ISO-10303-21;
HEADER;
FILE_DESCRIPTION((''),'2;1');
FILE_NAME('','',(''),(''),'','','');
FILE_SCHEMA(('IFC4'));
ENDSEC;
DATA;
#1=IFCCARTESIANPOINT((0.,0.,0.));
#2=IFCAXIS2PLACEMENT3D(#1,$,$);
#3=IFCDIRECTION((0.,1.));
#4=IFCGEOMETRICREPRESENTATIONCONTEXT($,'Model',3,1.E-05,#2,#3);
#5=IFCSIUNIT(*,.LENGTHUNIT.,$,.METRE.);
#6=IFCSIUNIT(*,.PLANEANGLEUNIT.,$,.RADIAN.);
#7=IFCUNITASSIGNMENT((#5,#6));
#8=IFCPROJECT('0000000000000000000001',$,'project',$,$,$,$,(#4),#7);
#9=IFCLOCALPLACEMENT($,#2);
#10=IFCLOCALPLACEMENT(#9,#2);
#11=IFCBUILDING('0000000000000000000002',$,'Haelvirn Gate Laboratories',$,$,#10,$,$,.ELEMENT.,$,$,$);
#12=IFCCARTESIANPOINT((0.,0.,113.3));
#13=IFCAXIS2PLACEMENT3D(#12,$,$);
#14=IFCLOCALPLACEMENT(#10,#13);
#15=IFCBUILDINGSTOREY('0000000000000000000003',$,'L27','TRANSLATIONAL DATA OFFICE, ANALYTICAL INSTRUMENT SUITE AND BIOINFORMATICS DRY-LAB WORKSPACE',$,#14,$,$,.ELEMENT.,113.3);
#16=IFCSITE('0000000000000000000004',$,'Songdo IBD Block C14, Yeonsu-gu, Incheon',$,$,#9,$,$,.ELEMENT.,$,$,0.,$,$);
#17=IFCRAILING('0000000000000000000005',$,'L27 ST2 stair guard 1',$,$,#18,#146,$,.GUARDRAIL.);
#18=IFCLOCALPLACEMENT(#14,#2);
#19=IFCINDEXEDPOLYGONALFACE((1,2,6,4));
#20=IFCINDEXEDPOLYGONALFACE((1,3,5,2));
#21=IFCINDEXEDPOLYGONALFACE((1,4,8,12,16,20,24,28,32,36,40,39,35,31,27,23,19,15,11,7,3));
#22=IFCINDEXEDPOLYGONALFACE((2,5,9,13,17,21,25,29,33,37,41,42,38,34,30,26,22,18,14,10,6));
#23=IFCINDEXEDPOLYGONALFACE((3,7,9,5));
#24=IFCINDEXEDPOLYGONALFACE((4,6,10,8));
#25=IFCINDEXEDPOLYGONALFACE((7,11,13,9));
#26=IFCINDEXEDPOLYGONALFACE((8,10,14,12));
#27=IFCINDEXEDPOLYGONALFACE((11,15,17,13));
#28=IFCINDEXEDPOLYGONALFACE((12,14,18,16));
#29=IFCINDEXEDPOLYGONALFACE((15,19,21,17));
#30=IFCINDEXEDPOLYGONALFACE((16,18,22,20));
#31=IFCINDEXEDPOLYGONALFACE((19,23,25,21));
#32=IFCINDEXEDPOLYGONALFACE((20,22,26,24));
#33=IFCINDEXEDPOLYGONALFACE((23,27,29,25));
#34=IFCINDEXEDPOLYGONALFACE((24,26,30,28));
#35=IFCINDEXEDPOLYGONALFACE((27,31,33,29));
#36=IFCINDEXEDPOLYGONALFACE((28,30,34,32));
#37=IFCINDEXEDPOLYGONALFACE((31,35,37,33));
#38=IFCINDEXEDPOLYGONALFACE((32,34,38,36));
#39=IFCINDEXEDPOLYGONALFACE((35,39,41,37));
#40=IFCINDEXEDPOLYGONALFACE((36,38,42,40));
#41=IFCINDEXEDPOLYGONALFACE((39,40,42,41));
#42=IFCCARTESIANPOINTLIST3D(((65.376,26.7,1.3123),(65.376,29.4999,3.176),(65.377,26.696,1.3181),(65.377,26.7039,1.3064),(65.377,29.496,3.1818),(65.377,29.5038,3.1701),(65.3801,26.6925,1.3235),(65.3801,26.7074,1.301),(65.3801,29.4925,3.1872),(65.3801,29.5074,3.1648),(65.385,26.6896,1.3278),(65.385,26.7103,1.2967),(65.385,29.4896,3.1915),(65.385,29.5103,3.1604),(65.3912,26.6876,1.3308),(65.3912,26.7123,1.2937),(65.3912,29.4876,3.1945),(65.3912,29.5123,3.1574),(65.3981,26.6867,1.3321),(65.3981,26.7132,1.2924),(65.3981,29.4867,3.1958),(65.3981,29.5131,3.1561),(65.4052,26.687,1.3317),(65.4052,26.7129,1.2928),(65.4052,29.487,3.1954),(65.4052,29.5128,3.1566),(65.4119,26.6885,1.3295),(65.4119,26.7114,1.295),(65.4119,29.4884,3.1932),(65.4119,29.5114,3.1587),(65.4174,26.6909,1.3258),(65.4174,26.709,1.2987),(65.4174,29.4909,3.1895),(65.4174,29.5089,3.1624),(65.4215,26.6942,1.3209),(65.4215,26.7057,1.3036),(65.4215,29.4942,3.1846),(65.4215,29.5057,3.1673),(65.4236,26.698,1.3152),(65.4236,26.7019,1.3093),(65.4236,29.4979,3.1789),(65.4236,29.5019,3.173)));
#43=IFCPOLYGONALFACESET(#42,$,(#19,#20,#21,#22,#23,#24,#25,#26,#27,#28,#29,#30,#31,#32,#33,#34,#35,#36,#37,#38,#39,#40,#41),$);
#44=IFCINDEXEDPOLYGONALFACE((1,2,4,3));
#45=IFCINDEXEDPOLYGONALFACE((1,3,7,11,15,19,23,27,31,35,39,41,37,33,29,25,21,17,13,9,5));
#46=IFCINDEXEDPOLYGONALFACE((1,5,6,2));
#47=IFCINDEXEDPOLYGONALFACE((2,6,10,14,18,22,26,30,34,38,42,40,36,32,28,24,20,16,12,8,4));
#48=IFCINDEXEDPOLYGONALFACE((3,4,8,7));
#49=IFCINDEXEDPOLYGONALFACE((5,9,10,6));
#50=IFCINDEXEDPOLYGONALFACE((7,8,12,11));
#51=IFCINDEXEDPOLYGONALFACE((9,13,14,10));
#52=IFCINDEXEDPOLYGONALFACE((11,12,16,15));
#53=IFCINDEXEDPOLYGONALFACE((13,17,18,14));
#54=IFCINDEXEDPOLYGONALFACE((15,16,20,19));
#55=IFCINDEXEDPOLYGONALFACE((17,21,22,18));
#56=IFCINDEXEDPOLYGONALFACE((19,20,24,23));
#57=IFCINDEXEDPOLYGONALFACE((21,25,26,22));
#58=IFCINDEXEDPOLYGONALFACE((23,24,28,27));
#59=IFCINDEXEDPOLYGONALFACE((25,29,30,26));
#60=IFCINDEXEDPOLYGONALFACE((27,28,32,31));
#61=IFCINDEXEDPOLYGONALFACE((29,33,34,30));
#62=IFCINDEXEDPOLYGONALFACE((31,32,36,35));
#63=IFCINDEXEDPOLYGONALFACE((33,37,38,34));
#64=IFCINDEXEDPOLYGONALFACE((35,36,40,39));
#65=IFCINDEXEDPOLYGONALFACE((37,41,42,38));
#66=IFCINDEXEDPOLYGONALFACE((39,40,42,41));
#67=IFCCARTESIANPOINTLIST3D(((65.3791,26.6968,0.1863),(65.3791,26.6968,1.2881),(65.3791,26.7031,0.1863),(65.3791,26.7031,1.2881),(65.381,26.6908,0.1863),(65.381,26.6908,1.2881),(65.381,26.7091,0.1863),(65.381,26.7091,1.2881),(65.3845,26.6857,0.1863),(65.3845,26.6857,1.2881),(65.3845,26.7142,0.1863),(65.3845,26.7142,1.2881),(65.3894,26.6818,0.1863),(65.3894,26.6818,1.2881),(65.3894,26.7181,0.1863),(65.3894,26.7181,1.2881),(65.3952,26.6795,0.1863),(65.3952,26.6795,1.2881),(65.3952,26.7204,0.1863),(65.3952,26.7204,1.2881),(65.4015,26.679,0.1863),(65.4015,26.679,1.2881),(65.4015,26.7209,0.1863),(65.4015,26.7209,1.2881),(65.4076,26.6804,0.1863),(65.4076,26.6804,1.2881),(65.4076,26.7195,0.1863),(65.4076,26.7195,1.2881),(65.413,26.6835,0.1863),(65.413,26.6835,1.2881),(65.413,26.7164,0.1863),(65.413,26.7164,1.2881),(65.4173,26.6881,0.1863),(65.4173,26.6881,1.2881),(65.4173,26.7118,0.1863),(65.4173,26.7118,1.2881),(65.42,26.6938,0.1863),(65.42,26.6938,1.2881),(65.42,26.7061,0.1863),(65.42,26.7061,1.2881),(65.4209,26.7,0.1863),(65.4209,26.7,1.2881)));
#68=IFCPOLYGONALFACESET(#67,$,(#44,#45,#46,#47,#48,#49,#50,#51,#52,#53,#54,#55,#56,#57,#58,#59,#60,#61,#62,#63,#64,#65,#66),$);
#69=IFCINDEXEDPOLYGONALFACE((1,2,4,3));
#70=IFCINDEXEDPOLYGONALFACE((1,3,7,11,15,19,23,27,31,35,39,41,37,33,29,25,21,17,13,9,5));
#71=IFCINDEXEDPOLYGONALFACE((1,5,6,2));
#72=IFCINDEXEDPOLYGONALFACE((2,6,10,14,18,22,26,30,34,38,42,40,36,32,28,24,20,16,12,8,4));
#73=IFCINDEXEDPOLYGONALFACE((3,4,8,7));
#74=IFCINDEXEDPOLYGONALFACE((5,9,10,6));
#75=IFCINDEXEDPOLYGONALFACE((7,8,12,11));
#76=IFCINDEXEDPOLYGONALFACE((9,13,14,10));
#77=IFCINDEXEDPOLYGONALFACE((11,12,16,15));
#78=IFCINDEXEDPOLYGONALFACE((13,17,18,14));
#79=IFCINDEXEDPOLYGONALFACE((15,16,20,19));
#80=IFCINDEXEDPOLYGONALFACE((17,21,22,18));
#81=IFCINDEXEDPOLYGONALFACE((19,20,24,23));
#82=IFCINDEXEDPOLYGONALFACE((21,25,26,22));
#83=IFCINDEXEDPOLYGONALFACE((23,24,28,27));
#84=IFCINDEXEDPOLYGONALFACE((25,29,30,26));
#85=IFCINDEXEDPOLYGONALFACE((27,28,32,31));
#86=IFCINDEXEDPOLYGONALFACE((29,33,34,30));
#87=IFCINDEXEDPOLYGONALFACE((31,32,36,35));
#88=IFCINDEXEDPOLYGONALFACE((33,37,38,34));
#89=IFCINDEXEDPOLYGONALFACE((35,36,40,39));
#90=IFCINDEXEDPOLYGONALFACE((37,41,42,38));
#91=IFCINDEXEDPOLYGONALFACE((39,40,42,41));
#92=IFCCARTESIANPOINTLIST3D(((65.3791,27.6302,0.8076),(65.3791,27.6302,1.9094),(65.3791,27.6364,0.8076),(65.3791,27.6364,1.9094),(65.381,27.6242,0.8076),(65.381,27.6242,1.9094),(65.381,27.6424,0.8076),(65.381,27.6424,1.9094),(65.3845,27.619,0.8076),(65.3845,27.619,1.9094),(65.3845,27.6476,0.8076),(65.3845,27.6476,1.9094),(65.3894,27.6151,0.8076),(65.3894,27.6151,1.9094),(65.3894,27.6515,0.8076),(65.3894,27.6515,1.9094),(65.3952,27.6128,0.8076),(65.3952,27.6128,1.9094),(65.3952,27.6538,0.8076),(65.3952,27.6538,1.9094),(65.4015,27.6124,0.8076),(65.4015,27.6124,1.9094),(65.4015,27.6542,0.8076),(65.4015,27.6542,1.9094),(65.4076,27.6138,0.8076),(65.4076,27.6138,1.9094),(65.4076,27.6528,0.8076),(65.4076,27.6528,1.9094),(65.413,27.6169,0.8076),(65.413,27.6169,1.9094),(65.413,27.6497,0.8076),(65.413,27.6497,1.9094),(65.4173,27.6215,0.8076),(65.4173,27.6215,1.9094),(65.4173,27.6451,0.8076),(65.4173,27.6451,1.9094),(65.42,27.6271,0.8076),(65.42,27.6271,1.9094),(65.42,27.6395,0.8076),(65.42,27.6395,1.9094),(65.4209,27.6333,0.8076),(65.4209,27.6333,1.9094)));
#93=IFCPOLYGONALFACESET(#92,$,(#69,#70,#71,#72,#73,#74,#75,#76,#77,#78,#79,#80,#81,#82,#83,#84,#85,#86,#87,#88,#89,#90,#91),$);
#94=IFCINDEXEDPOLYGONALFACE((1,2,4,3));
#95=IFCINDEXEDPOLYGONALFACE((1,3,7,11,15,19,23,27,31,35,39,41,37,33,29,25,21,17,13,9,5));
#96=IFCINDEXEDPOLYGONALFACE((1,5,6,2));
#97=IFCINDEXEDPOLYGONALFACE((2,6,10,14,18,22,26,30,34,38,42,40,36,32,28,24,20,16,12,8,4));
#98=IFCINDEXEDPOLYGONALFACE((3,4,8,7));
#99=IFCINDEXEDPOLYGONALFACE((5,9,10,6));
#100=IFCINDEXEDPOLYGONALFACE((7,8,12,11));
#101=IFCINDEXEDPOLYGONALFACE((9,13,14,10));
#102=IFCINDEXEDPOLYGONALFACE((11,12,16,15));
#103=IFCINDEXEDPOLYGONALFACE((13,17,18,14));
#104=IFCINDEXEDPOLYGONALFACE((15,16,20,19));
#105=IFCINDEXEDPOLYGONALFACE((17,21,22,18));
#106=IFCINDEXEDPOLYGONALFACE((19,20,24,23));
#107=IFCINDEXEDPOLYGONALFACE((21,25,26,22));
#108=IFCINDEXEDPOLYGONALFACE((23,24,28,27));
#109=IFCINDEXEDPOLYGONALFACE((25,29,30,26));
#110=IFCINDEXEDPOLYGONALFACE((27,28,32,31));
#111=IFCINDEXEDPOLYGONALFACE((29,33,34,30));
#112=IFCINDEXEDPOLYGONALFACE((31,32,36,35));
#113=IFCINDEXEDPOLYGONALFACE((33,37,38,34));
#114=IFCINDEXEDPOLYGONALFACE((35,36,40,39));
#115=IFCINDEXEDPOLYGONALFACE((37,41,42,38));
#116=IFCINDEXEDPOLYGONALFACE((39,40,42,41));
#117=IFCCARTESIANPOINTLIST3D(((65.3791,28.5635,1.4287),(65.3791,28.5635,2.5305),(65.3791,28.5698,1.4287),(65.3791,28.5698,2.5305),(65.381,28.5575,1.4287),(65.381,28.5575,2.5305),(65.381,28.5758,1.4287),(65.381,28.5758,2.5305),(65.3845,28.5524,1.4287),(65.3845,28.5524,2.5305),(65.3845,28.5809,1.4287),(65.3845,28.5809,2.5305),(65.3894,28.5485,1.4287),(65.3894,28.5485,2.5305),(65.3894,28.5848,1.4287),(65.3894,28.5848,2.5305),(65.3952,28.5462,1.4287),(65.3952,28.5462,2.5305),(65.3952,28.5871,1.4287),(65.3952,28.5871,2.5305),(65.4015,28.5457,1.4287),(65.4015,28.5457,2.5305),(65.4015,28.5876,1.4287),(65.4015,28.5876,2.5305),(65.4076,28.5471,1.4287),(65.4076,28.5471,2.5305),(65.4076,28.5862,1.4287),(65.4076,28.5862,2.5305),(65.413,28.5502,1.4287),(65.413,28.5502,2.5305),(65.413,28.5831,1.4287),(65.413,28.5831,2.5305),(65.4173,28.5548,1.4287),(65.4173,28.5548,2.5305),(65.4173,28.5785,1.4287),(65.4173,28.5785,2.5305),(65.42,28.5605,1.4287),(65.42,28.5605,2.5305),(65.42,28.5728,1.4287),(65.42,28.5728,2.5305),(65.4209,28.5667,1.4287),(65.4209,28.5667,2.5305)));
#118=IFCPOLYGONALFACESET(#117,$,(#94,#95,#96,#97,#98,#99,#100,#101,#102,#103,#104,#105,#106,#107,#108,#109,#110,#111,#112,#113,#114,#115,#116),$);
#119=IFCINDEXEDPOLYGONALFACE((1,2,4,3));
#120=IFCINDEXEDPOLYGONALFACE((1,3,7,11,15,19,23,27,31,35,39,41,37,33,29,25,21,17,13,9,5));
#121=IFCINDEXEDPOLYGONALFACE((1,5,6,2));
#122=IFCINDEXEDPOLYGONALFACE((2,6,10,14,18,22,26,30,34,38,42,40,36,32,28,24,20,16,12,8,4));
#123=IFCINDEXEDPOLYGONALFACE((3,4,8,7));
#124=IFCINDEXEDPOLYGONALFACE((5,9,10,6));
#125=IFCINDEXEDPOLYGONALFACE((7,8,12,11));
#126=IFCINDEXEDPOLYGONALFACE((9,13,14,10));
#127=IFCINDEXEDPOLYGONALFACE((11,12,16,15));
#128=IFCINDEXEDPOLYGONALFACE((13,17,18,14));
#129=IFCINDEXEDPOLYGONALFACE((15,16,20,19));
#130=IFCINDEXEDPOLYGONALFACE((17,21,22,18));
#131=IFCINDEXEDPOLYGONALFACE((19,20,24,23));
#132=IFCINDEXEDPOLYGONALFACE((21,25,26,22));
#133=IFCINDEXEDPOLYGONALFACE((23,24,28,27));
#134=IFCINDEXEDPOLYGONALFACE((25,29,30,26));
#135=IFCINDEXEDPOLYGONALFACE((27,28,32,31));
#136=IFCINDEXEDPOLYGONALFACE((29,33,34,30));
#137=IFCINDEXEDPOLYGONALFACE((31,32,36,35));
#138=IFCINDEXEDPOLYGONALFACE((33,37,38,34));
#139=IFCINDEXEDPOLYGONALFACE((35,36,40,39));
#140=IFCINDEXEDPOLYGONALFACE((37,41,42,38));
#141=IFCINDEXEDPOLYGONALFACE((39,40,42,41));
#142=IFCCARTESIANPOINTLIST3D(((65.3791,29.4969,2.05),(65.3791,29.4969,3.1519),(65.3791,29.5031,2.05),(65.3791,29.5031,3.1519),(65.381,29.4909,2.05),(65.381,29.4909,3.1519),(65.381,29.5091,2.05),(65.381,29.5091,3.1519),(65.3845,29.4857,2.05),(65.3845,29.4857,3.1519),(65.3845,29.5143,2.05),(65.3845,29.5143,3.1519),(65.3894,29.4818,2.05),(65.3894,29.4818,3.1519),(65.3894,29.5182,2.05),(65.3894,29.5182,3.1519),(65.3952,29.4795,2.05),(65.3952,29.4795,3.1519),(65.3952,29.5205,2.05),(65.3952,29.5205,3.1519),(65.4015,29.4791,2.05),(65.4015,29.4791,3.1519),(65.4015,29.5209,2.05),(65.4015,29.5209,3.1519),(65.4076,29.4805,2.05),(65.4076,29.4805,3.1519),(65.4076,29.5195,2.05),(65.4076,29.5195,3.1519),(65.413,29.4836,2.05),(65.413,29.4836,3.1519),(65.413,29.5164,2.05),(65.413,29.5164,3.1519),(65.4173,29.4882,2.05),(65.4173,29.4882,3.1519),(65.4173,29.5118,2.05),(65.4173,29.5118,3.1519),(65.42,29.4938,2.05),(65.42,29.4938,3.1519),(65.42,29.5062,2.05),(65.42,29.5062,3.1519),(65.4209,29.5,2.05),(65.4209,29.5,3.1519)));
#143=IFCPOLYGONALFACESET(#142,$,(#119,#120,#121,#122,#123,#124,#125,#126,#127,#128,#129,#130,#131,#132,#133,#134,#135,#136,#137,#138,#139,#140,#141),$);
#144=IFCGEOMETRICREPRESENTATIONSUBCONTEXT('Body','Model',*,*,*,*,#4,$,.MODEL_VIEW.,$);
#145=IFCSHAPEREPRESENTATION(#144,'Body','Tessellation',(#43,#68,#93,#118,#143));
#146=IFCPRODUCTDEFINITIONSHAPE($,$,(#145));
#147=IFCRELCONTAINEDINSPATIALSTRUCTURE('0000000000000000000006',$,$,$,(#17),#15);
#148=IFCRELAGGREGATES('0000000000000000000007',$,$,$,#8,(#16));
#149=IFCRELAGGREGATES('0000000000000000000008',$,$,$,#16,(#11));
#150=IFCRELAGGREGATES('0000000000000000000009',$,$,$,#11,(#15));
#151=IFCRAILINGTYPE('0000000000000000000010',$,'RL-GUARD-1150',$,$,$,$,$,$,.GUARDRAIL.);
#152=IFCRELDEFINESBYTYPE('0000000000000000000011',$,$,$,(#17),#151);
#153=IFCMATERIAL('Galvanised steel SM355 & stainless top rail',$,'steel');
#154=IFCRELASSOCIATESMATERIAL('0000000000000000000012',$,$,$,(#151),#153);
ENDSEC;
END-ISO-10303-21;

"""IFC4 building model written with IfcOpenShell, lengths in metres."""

from ifc_helpers import new_model, si_unit, direction, frame, origin, origin_2d, place, context, subcontext, project, spatial, circle, extrude, source, transform, mapped, material, type_object, element, save


model = new_model("IFC4")

# Units and contexts
model_context = context("Model", 3, precision=1e-05, world=origin(), true_north=direction((0.0, 1.0)))
body_context = subcontext(model_context, "Body", "Model", "MODEL_VIEW")
ifc_project = project(units=[si_unit("LENGTHUNIT", "METRE"), si_unit("PLANEANGLEUNIT", "RADIAN")], contexts=[model_context])

# Site, building, storey
site_placement = place(None, origin())
site = spatial("IfcSite", under=ifc_project, at=site_placement, Name="Songdo IBD Block C14, Yeonsu-gu, Incheon", CompositionType="ELEMENT", RefElevation=0.0)
building_placement = place(site_placement, origin())
building = spatial("IfcBuilding", under=site, at=building_placement, Name="Haelvirn Gate Laboratories", CompositionType="ELEMENT")
storey_placement = place(building_placement, frame((0.0, 0.0, 113.3)))
storey = spatial("IfcBuildingStorey", under=building, at=storey_placement, Name="L27", Description="TRANSLATIONAL DATA OFFICE, ANALYTICAL INSTRUMENT SUITE AND BIOINFORMATICS DRY-LAB WORKSPACE", CompositionType="ELEMENT", Elevation=113.3)

# Railing
ifc_material_1 = material(Name="Galvanised steel SM355 & stainless top rail", Category="steel")
railing_type_1 = type_object("IfcRailingType", Name="RL-GUARD-1150", PredefinedType="GUARDRAIL", material=ifc_material_1)
shared_shape_1 = source(origin(), body_context, "Body", "SweptSolid", [
    extrude(circle(Radius=0.0239, at=origin_2d()), frame((0.0, 0.0, 1.126), z_axis=(0.0, 0.832452, 0.554097), x_axis=(-1.0, 0.0, 0.0)), (0.0, 0.0, 1.0), 3.3635),
    extrude(circle(Radius=0.021, at=origin_2d()), origin(), (0.0, 0.0, 1.0), 1.1018),
    extrude(circle(Radius=0.021, at=origin_2d()), frame((0.0, 0.9333, 0.6213)), (0.0, 0.0, 1.0), 1.1018),
    extrude(circle(Radius=0.021, at=origin_2d()), frame((0.0, 1.8667, 1.2424)), (0.0, 0.0, 1.0), 1.1018),
    extrude(circle(Radius=0.021, at=origin_2d()), frame((0.0, 2.8, 1.8638)), (0.0, 0.0, 1.0), 1.1018),
])
railing_1_placement = place(storey_placement, frame((65.3999, 26.7, 0.1863)))
element("IfcRailing", 1, at=railing_1_placement, inside=storey, type_object=railing_type_1, Name="L27 ST2 stair guard 1", PredefinedType="GUARDRAIL", context=body_context, shape_type="MappedRepresentation", body=[
    mapped(shared_shape_1, transform((0.0, 0.0, 0.0), scale=1.0)),
])

save(model, "model.ifc")
